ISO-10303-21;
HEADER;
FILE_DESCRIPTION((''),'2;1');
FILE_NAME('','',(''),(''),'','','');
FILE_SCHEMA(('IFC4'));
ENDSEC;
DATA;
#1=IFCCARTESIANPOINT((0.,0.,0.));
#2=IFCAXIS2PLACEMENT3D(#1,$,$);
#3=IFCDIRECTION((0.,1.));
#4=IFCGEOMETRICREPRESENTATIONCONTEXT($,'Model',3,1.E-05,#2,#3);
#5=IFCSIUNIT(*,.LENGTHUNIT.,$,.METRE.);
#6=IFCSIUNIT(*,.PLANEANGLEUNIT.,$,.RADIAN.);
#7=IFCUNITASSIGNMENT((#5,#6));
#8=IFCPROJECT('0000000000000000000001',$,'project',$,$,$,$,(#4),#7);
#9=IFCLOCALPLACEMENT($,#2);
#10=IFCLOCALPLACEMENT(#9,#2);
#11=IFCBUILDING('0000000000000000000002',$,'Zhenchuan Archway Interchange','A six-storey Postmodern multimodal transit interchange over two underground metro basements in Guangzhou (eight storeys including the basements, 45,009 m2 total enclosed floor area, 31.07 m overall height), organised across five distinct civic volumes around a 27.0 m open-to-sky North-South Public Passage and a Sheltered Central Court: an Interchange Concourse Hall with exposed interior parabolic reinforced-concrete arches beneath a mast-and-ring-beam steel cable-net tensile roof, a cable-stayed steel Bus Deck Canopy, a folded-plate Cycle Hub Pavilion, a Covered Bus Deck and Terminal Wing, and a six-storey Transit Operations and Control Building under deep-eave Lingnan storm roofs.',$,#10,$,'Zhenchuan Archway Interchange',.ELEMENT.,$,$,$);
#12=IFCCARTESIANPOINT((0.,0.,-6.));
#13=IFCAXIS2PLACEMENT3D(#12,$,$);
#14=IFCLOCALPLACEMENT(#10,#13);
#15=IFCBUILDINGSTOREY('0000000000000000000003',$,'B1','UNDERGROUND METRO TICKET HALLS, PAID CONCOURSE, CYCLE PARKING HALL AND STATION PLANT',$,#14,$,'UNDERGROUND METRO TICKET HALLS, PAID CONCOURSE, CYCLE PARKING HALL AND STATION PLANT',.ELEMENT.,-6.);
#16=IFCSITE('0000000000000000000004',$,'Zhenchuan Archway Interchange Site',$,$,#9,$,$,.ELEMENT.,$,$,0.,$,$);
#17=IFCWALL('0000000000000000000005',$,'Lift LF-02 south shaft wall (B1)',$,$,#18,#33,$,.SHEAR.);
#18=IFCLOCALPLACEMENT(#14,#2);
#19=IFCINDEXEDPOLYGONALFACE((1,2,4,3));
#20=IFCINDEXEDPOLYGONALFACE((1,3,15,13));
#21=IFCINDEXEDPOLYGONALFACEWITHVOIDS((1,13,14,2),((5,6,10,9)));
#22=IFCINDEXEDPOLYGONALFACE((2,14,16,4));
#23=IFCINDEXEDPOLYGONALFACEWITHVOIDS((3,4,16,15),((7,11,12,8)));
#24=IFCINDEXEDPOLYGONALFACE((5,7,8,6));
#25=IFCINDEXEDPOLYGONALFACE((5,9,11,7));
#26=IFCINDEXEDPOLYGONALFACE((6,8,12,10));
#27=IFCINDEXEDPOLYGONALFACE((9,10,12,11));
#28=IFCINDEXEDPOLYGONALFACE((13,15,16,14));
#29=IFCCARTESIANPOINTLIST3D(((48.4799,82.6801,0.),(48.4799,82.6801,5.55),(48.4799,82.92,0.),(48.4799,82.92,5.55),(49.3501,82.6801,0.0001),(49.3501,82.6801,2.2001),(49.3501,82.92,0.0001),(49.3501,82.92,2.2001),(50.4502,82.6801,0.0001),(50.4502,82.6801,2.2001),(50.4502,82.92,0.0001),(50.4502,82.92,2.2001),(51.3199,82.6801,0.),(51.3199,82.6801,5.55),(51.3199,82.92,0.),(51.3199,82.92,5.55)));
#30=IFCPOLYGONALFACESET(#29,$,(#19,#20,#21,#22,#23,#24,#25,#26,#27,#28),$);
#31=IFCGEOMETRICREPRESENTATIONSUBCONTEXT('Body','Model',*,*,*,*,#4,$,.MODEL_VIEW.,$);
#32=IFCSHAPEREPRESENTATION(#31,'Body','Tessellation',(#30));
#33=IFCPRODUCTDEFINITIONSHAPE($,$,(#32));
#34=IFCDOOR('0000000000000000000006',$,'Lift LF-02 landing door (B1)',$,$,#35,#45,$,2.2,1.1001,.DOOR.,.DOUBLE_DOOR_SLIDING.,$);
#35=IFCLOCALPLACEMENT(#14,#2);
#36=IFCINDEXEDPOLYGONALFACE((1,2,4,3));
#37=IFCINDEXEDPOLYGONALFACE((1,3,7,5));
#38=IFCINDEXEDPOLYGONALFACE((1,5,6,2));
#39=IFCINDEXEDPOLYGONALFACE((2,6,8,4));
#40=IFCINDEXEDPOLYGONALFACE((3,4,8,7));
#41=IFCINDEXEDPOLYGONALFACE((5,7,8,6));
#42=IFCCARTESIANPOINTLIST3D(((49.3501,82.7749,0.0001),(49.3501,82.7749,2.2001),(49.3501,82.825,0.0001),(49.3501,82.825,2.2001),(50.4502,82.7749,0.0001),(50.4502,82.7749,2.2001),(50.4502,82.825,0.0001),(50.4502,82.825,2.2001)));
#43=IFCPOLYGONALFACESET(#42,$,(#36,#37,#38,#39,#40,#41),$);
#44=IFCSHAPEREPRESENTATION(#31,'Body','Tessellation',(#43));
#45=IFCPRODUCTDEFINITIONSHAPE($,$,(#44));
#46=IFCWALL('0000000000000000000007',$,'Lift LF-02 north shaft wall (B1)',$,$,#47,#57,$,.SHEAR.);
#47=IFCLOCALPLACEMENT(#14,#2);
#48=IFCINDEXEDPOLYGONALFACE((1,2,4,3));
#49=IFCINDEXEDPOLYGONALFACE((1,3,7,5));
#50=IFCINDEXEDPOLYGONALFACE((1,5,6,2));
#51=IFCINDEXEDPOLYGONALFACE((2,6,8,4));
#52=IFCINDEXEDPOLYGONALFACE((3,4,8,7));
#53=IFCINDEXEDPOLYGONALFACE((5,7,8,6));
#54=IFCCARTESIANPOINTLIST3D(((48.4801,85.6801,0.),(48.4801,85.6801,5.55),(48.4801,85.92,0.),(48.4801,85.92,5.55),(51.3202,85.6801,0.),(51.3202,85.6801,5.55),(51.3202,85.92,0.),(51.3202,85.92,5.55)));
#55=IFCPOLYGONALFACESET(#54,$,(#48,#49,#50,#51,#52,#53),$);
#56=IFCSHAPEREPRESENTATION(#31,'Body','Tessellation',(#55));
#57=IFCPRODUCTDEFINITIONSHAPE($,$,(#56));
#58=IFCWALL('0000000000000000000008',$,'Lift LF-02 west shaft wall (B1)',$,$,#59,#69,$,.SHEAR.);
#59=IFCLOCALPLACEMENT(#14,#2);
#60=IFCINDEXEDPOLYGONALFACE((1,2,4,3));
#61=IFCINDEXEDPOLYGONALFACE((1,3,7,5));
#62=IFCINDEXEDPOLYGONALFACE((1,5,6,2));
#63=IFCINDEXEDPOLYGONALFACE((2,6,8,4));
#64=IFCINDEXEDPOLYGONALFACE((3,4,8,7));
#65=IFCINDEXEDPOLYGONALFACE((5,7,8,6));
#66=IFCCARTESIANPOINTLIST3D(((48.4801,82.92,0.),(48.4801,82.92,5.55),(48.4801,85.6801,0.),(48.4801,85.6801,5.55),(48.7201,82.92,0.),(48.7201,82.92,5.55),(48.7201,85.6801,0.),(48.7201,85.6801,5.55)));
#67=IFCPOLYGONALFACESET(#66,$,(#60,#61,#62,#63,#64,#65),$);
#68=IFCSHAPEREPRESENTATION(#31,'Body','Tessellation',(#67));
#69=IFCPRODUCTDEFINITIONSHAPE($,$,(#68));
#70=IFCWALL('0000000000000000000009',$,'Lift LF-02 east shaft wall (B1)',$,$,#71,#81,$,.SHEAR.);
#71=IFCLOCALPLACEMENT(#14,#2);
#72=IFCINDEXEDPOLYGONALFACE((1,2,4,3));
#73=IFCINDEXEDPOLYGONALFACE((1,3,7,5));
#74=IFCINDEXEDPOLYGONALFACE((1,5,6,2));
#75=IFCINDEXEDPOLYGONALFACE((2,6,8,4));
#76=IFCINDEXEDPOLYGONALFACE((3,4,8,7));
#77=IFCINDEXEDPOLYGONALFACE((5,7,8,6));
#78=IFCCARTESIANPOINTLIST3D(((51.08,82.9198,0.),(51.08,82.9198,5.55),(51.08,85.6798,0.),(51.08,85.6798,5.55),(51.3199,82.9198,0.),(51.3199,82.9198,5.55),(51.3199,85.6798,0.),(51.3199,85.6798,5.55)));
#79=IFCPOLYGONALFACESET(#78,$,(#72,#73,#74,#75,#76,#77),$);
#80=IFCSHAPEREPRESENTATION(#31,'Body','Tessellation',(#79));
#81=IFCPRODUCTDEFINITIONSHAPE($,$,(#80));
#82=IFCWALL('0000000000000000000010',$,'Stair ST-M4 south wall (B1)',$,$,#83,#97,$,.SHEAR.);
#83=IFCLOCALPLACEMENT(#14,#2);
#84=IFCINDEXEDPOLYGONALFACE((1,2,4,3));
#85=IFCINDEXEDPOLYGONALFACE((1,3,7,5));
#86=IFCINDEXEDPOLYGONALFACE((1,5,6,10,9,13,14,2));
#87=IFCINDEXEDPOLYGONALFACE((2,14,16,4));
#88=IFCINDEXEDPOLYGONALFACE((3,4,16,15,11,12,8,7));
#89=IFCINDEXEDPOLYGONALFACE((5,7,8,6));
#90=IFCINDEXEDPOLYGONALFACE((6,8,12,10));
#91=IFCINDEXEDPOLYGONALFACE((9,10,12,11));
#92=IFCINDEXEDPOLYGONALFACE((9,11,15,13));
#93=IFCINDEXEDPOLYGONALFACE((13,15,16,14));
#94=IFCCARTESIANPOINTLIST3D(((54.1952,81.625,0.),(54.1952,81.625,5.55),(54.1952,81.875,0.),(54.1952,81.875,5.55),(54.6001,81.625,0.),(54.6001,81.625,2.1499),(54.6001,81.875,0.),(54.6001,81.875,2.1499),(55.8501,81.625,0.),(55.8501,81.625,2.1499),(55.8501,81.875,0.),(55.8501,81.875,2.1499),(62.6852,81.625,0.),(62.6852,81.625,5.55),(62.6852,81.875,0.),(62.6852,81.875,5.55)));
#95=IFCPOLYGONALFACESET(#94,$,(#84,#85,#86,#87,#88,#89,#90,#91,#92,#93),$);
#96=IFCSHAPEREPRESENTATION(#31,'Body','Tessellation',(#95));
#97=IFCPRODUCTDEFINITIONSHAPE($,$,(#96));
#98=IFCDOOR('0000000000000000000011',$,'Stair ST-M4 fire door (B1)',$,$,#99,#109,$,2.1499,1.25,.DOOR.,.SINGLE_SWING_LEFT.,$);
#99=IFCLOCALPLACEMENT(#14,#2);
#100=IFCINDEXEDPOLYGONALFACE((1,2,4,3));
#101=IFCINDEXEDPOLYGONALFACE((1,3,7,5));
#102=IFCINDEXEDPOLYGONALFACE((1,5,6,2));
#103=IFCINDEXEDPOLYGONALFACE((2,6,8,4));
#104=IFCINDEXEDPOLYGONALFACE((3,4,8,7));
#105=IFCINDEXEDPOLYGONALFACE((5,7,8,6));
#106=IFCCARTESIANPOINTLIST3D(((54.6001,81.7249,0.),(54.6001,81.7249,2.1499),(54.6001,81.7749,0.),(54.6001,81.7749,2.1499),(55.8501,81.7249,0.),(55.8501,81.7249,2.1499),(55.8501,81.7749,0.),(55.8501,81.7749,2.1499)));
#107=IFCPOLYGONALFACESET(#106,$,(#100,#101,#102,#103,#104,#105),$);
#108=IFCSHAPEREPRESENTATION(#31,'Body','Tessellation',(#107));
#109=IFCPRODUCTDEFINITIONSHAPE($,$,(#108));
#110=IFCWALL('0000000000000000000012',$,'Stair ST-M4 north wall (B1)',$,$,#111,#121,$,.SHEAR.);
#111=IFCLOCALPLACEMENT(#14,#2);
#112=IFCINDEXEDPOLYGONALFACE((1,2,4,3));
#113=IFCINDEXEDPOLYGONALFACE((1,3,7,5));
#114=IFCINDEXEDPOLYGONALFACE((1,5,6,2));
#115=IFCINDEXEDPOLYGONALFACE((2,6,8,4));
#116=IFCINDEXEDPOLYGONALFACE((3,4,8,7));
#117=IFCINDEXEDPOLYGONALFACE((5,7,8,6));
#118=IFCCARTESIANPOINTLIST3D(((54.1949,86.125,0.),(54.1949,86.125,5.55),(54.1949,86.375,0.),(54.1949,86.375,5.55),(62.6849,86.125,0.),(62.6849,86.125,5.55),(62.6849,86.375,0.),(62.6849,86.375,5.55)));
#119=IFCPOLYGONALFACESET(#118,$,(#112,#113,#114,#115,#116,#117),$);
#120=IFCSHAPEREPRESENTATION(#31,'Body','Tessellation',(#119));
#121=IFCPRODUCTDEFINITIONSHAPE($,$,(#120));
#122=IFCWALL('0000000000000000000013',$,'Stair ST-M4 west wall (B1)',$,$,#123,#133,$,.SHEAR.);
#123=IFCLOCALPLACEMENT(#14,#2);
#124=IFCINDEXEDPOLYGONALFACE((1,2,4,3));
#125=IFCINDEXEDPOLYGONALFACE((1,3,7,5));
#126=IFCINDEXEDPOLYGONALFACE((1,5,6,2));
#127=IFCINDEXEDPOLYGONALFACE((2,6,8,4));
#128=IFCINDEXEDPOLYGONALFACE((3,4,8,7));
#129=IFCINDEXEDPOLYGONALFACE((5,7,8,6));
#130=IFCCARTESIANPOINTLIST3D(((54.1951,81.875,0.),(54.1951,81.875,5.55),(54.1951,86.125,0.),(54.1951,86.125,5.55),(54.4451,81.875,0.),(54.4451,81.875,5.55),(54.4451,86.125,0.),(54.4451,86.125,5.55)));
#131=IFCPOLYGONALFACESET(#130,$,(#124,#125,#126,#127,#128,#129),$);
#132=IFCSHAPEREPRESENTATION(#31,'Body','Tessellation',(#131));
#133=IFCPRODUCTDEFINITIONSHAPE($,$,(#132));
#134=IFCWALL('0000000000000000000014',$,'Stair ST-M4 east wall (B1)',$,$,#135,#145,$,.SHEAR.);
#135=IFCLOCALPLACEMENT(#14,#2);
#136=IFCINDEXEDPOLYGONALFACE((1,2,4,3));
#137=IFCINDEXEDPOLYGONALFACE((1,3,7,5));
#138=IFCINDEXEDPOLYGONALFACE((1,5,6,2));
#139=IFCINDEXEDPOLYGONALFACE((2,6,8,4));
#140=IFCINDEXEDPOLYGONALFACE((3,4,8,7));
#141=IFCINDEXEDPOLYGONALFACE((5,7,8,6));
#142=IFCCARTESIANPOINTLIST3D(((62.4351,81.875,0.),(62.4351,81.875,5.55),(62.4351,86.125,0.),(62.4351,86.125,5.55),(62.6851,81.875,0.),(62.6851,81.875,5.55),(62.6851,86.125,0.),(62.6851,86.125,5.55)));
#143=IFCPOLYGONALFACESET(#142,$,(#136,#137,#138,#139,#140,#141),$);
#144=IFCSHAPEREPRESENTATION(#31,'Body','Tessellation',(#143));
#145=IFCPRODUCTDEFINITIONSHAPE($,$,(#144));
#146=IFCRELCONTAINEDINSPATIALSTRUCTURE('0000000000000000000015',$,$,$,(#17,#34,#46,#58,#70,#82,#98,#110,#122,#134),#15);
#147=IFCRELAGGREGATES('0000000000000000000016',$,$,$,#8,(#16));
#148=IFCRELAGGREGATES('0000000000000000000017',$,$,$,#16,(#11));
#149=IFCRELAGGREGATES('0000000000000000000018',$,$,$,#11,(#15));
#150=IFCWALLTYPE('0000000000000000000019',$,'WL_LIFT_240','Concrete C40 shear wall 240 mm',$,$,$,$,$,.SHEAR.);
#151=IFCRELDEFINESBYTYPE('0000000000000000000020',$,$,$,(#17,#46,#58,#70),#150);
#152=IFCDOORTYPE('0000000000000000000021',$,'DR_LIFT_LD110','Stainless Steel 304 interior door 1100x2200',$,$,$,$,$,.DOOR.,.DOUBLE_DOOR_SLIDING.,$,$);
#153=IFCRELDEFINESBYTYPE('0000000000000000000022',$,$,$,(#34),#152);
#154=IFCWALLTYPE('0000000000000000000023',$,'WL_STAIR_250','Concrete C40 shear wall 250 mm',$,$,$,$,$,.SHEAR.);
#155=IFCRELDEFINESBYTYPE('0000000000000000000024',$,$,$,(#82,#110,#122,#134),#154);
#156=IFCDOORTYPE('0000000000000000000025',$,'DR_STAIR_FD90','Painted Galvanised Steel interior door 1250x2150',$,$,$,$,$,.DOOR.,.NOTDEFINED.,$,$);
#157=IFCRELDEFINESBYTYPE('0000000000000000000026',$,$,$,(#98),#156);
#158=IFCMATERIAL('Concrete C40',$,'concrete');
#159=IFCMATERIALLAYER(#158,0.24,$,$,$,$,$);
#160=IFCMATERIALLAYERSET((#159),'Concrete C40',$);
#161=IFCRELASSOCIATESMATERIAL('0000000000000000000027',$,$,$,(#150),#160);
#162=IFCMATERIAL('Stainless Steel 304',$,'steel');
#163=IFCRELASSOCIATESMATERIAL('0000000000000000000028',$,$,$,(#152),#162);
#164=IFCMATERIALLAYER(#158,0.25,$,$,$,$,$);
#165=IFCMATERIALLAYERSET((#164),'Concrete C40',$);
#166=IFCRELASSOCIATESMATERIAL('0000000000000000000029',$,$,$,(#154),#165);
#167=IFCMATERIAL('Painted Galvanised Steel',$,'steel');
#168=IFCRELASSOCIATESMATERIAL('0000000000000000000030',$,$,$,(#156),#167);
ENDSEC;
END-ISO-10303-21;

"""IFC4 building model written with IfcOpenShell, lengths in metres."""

from ifc_helpers import new_model, si_unit, direction, frame, frame_2d, origin, place, context, subcontext, project, spatial, rectangle, extrude, material, layer, layer_set, type_object, element, fill, save


model = new_model("IFC4")

# Units and contexts
model_context = context("Model", 3, precision=1e-05, world=origin(), true_north=direction((0.0, 1.0)))
body_context = subcontext(model_context, "Body", "Model", "MODEL_VIEW")
ifc_project = project(units=[si_unit("LENGTHUNIT", "METRE"), si_unit("PLANEANGLEUNIT", "RADIAN")], contexts=[model_context])

# Site, building, storey
site_placement = place(None, origin())
site = spatial("IfcSite", under=ifc_project, at=site_placement, Name="Zhenchuan Archway Interchange Site", CompositionType="ELEMENT", RefElevation=0.0)
building_placement = place(site_placement, origin())
building = spatial("IfcBuilding", under=site, at=building_placement, Name="Zhenchuan Archway Interchange", Description="A six-storey Postmodern multimodal transit interchange over two underground metro basements in Guangzhou (eight storeys including the basements, 45,009 m2 total enclosed floor area, 31.07 m overall height), organised across five distinct civic volumes around a 27.0 m open-to-sky North-South Public Passage and a Sheltered Central Court: an Interchange Concourse Hall with exposed interior parabolic reinforced-concrete arches beneath a mast-and-ring-beam steel cable-net tensile roof, a cable-stayed steel Bus Deck Canopy, a folded-plate Cycle Hub Pavilion, a Covered Bus Deck and Terminal Wing, and a six-storey Transit Operations and Control Building under deep-eave Lingnan storm roofs.", LongName="Zhenchuan Archway Interchange", CompositionType="ELEMENT")
storey_placement = place(building_placement, frame((0.0, 0.0, -6.0)))
storey = spatial("IfcBuildingStorey", under=building, at=storey_placement, Name="B1", Description="UNDERGROUND METRO TICKET HALLS, PAID CONCOURSE, CYCLE PARKING HALL AND STATION PLANT", LongName="UNDERGROUND METRO TICKET HALLS, PAID CONCOURSE, CYCLE PARKING HALL AND STATION PLANT", CompositionType="ELEMENT", Elevation=-6.0)

# Shared definitions
ifc_material_1 = material(Name="Concrete C40", Category="concrete")

# Wall, opening, door
ifc_layer_1 = layer(ifc_material_1, 0.24)
ifc_layer_set_1 = layer_set([ifc_layer_1], Name="Concrete C40")
wall_type_1 = type_object("IfcWallType", Name="WL_LIFT_240", Description="Concrete C40 shear wall 240 mm", PredefinedType="SHEAR", material=ifc_layer_set_1)
wall_1_placement = place(storey_placement, frame((48.48, 82.8, 0.0), z_axis=(0.0, 0.0, 1.0), x_axis=(1.0, 0.0, 0.0)))
wall_1 = element("IfcWall", 1, at=wall_1_placement, inside=storey, type_object=wall_type_1, Name="Lift LF-02 south shaft wall (B1)", PredefinedType="SHEAR", context=body_context, shape_type="SweptSolid", body=[
    extrude(rectangle(XDim=2.8401, YDim=0.24, at=frame_2d((1.4199, 0.0))), origin(), (0.0, 0.0, 1.0), 5.55),
])
opening_1_placement = place(wall_1_placement, frame((0.8701, 0.0, 0.0)))
opening_1 = element("IfcOpeningElement", 2, at=opening_1_placement, cuts=wall_1, PredefinedType="OPENING", context=body_context, shape_type="SweptSolid", body=[
    extrude(rectangle(XDim=1.1001, YDim=2.2, at=frame_2d((0.55, 1.1001))), frame((0.0, 0.1318, 0.0), z_axis=(0.0, -1.0, 0.0), x_axis=(1.0, 0.0, 0.0)), (0.0, 0.0, 1.0), 0.2639),
])
ifc_material_2 = material(Name="Stainless Steel 304", Category="steel")
door_type_1 = type_object("IfcDoorType", Name="DR_LIFT_LD110", Description="Stainless Steel 304 interior door 1100x2200", OperationType="DOUBLE_DOOR_SLIDING", PredefinedType="DOOR", material=ifc_material_2)
door_1_placement = place(opening_1_placement, origin())
door_1 = element("IfcDoor", 3, at=door_1_placement, inside=storey, type_object=door_type_1, Name="Lift LF-02 landing door (B1)", OperationType="DOUBLE_DOOR_SLIDING", OverallHeight=2.2, OverallWidth=1.1001, PredefinedType="DOOR", context=body_context, shape_type="SweptSolid", body=[
    extrude(rectangle(XDim=1.1001, YDim=2.2, at=frame_2d((0.55, 1.1001))), frame((0.0, 0.0249, 0.0), z_axis=(0.0, -1.0, 0.0), x_axis=(1.0, 0.0, 0.0)), (0.0, 0.0, 1.0), 0.05),
])
fill(opening_1, door_1)

# Walls
wall_2_placement = place(storey_placement, frame((51.3201, 85.8, 0.0), z_axis=(0.0, 0.0, 1.0), x_axis=(-1.0, 0.0, 0.0)))
element("IfcWall", 4, at=wall_2_placement, inside=storey, type_object=wall_type_1, Name="Lift LF-02 north shaft wall (B1)", PredefinedType="SHEAR", context=body_context, shape_type="SweptSolid", body=[
    extrude(rectangle(XDim=2.8401, YDim=0.24, at=frame_2d((1.4199, 0.0))), origin(), (0.0, 0.0, 1.0), 5.55),
])
for number, where, z_axis, x_axis, name in (
    (5, (48.6001, 85.6799, 0.0), (0.0, 0.0, 1.0), (0.0, -1.0, 0.0), "Lift LF-02 west shaft wall (B1)"),
    (6, (51.2, 82.9199, 0.0), (0.0, 0.0, 1.0), (0.0, 1.0, 0.0), "Lift LF-02 east shaft wall (B1)"),
):
    element("IfcWall", number, at=place(storey_placement, frame(where, z_axis=z_axis, x_axis=x_axis)), inside=storey, type_object=wall_type_1, Name=name, PredefinedType="SHEAR", context=body_context, shape_type="SweptSolid", body=[
        extrude(rectangle(XDim=2.76, YDim=0.24, at=frame_2d((1.3799, 0.0))), origin(), (0.0, 0.0, 1.0), 5.55),
    ])

# Wall, opening, door
ifc_layer_2 = layer(ifc_material_1, 0.25)
ifc_layer_set_2 = layer_set([ifc_layer_2], Name="Concrete C40")
wall_type_2 = type_object("IfcWallType", Name="WL_STAIR_250", Description="Concrete C40 shear wall 250 mm", PredefinedType="SHEAR", material=ifc_layer_set_2)
wall_3_placement = place(storey_placement, frame((54.1951, 81.75, 0.0), z_axis=(0.0, 0.0, 1.0), x_axis=(1.0, 0.0, 0.0)))
wall_3 = element("IfcWall", 7, at=wall_3_placement, inside=storey, type_object=wall_type_2, Name="Stair ST-M4 south wall (B1)", PredefinedType="SHEAR", context=body_context, shape_type="SweptSolid", body=[
    extrude(rectangle(XDim=8.49, YDim=0.25, at=frame_2d((4.2451, 0.0))), origin(), (0.0, 0.0, 1.0), 5.55),
])
opening_2_placement = place(wall_3_placement, frame((0.405, 0.0, 0.0)))
opening_2 = element("IfcOpeningElement", 8, at=opening_2_placement, cuts=wall_3, PredefinedType="OPENING", context=body_context, shape_type="SweptSolid", body=[
    extrude(rectangle(XDim=1.25, YDim=2.1499, at=frame_2d((0.625, 1.075))), frame((0.0, 0.137, 0.0), z_axis=(0.0, -1.0, 0.0), x_axis=(1.0, 0.0, 0.0)), (0.0, 0.0, 1.0), 0.2739),
])
ifc_material_3 = material(Name="Painted Galvanised Steel", Category="steel")
door_type_2 = type_object("IfcDoorType", Name="DR_STAIR_FD90", Description="Painted Galvanised Steel interior door 1250x2150", OperationType="NOTDEFINED", PredefinedType="DOOR", material=ifc_material_3)
door_2_placement = place(opening_2_placement, origin())
door_2 = element("IfcDoor", 9, at=door_2_placement, inside=storey, type_object=door_type_2, Name="Stair ST-M4 fire door (B1)", OperationType="SINGLE_SWING_LEFT", OverallHeight=2.1499, OverallWidth=1.25, PredefinedType="DOOR", context=body_context, shape_type="SweptSolid", body=[
    extrude(rectangle(XDim=1.25, YDim=2.1499, at=frame_2d((0.625, 1.075))), frame((0.0, 0.0249, 0.0), z_axis=(0.0, -1.0, 0.0), x_axis=(1.0, 0.0, 0.0)), (0.0, 0.0, 1.0), 0.05),
])
fill(opening_2, door_2)

# Walls
wall_4_placement = place(storey_placement, frame((62.6851, 86.25, 0.0), z_axis=(0.0, 0.0, 1.0), x_axis=(-1.0, 0.0, 0.0)))
element("IfcWall", 10, at=wall_4_placement, inside=storey, type_object=wall_type_2, Name="Stair ST-M4 north wall (B1)", PredefinedType="SHEAR", context=body_context, shape_type="SweptSolid", body=[
    extrude(rectangle(XDim=8.49, YDim=0.25, at=frame_2d((4.2451, 0.0))), origin(), (0.0, 0.0, 1.0), 5.55),
])
for number, where, z_axis, x_axis, name in (
    (11, (54.3201, 86.125, 0.0), (0.0, 0.0, 1.0), (0.0, -1.0, 0.0), "Stair ST-M4 west wall (B1)"),
    (12, (62.5601, 81.875, 0.0), (0.0, 0.0, 1.0), (0.0, 1.0, 0.0), "Stair ST-M4 east wall (B1)"),
):
    element("IfcWall", number, at=place(storey_placement, frame(where, z_axis=z_axis, x_axis=x_axis)), inside=storey, type_object=wall_type_2, Name=name, PredefinedType="SHEAR", context=body_context, shape_type="SweptSolid", body=[
        extrude(rectangle(XDim=4.25, YDim=0.25, at=frame_2d((2.125, 0.0))), origin(), (0.0, 0.0, 1.0), 5.55),
    ])

save(model, "model.ifc")
